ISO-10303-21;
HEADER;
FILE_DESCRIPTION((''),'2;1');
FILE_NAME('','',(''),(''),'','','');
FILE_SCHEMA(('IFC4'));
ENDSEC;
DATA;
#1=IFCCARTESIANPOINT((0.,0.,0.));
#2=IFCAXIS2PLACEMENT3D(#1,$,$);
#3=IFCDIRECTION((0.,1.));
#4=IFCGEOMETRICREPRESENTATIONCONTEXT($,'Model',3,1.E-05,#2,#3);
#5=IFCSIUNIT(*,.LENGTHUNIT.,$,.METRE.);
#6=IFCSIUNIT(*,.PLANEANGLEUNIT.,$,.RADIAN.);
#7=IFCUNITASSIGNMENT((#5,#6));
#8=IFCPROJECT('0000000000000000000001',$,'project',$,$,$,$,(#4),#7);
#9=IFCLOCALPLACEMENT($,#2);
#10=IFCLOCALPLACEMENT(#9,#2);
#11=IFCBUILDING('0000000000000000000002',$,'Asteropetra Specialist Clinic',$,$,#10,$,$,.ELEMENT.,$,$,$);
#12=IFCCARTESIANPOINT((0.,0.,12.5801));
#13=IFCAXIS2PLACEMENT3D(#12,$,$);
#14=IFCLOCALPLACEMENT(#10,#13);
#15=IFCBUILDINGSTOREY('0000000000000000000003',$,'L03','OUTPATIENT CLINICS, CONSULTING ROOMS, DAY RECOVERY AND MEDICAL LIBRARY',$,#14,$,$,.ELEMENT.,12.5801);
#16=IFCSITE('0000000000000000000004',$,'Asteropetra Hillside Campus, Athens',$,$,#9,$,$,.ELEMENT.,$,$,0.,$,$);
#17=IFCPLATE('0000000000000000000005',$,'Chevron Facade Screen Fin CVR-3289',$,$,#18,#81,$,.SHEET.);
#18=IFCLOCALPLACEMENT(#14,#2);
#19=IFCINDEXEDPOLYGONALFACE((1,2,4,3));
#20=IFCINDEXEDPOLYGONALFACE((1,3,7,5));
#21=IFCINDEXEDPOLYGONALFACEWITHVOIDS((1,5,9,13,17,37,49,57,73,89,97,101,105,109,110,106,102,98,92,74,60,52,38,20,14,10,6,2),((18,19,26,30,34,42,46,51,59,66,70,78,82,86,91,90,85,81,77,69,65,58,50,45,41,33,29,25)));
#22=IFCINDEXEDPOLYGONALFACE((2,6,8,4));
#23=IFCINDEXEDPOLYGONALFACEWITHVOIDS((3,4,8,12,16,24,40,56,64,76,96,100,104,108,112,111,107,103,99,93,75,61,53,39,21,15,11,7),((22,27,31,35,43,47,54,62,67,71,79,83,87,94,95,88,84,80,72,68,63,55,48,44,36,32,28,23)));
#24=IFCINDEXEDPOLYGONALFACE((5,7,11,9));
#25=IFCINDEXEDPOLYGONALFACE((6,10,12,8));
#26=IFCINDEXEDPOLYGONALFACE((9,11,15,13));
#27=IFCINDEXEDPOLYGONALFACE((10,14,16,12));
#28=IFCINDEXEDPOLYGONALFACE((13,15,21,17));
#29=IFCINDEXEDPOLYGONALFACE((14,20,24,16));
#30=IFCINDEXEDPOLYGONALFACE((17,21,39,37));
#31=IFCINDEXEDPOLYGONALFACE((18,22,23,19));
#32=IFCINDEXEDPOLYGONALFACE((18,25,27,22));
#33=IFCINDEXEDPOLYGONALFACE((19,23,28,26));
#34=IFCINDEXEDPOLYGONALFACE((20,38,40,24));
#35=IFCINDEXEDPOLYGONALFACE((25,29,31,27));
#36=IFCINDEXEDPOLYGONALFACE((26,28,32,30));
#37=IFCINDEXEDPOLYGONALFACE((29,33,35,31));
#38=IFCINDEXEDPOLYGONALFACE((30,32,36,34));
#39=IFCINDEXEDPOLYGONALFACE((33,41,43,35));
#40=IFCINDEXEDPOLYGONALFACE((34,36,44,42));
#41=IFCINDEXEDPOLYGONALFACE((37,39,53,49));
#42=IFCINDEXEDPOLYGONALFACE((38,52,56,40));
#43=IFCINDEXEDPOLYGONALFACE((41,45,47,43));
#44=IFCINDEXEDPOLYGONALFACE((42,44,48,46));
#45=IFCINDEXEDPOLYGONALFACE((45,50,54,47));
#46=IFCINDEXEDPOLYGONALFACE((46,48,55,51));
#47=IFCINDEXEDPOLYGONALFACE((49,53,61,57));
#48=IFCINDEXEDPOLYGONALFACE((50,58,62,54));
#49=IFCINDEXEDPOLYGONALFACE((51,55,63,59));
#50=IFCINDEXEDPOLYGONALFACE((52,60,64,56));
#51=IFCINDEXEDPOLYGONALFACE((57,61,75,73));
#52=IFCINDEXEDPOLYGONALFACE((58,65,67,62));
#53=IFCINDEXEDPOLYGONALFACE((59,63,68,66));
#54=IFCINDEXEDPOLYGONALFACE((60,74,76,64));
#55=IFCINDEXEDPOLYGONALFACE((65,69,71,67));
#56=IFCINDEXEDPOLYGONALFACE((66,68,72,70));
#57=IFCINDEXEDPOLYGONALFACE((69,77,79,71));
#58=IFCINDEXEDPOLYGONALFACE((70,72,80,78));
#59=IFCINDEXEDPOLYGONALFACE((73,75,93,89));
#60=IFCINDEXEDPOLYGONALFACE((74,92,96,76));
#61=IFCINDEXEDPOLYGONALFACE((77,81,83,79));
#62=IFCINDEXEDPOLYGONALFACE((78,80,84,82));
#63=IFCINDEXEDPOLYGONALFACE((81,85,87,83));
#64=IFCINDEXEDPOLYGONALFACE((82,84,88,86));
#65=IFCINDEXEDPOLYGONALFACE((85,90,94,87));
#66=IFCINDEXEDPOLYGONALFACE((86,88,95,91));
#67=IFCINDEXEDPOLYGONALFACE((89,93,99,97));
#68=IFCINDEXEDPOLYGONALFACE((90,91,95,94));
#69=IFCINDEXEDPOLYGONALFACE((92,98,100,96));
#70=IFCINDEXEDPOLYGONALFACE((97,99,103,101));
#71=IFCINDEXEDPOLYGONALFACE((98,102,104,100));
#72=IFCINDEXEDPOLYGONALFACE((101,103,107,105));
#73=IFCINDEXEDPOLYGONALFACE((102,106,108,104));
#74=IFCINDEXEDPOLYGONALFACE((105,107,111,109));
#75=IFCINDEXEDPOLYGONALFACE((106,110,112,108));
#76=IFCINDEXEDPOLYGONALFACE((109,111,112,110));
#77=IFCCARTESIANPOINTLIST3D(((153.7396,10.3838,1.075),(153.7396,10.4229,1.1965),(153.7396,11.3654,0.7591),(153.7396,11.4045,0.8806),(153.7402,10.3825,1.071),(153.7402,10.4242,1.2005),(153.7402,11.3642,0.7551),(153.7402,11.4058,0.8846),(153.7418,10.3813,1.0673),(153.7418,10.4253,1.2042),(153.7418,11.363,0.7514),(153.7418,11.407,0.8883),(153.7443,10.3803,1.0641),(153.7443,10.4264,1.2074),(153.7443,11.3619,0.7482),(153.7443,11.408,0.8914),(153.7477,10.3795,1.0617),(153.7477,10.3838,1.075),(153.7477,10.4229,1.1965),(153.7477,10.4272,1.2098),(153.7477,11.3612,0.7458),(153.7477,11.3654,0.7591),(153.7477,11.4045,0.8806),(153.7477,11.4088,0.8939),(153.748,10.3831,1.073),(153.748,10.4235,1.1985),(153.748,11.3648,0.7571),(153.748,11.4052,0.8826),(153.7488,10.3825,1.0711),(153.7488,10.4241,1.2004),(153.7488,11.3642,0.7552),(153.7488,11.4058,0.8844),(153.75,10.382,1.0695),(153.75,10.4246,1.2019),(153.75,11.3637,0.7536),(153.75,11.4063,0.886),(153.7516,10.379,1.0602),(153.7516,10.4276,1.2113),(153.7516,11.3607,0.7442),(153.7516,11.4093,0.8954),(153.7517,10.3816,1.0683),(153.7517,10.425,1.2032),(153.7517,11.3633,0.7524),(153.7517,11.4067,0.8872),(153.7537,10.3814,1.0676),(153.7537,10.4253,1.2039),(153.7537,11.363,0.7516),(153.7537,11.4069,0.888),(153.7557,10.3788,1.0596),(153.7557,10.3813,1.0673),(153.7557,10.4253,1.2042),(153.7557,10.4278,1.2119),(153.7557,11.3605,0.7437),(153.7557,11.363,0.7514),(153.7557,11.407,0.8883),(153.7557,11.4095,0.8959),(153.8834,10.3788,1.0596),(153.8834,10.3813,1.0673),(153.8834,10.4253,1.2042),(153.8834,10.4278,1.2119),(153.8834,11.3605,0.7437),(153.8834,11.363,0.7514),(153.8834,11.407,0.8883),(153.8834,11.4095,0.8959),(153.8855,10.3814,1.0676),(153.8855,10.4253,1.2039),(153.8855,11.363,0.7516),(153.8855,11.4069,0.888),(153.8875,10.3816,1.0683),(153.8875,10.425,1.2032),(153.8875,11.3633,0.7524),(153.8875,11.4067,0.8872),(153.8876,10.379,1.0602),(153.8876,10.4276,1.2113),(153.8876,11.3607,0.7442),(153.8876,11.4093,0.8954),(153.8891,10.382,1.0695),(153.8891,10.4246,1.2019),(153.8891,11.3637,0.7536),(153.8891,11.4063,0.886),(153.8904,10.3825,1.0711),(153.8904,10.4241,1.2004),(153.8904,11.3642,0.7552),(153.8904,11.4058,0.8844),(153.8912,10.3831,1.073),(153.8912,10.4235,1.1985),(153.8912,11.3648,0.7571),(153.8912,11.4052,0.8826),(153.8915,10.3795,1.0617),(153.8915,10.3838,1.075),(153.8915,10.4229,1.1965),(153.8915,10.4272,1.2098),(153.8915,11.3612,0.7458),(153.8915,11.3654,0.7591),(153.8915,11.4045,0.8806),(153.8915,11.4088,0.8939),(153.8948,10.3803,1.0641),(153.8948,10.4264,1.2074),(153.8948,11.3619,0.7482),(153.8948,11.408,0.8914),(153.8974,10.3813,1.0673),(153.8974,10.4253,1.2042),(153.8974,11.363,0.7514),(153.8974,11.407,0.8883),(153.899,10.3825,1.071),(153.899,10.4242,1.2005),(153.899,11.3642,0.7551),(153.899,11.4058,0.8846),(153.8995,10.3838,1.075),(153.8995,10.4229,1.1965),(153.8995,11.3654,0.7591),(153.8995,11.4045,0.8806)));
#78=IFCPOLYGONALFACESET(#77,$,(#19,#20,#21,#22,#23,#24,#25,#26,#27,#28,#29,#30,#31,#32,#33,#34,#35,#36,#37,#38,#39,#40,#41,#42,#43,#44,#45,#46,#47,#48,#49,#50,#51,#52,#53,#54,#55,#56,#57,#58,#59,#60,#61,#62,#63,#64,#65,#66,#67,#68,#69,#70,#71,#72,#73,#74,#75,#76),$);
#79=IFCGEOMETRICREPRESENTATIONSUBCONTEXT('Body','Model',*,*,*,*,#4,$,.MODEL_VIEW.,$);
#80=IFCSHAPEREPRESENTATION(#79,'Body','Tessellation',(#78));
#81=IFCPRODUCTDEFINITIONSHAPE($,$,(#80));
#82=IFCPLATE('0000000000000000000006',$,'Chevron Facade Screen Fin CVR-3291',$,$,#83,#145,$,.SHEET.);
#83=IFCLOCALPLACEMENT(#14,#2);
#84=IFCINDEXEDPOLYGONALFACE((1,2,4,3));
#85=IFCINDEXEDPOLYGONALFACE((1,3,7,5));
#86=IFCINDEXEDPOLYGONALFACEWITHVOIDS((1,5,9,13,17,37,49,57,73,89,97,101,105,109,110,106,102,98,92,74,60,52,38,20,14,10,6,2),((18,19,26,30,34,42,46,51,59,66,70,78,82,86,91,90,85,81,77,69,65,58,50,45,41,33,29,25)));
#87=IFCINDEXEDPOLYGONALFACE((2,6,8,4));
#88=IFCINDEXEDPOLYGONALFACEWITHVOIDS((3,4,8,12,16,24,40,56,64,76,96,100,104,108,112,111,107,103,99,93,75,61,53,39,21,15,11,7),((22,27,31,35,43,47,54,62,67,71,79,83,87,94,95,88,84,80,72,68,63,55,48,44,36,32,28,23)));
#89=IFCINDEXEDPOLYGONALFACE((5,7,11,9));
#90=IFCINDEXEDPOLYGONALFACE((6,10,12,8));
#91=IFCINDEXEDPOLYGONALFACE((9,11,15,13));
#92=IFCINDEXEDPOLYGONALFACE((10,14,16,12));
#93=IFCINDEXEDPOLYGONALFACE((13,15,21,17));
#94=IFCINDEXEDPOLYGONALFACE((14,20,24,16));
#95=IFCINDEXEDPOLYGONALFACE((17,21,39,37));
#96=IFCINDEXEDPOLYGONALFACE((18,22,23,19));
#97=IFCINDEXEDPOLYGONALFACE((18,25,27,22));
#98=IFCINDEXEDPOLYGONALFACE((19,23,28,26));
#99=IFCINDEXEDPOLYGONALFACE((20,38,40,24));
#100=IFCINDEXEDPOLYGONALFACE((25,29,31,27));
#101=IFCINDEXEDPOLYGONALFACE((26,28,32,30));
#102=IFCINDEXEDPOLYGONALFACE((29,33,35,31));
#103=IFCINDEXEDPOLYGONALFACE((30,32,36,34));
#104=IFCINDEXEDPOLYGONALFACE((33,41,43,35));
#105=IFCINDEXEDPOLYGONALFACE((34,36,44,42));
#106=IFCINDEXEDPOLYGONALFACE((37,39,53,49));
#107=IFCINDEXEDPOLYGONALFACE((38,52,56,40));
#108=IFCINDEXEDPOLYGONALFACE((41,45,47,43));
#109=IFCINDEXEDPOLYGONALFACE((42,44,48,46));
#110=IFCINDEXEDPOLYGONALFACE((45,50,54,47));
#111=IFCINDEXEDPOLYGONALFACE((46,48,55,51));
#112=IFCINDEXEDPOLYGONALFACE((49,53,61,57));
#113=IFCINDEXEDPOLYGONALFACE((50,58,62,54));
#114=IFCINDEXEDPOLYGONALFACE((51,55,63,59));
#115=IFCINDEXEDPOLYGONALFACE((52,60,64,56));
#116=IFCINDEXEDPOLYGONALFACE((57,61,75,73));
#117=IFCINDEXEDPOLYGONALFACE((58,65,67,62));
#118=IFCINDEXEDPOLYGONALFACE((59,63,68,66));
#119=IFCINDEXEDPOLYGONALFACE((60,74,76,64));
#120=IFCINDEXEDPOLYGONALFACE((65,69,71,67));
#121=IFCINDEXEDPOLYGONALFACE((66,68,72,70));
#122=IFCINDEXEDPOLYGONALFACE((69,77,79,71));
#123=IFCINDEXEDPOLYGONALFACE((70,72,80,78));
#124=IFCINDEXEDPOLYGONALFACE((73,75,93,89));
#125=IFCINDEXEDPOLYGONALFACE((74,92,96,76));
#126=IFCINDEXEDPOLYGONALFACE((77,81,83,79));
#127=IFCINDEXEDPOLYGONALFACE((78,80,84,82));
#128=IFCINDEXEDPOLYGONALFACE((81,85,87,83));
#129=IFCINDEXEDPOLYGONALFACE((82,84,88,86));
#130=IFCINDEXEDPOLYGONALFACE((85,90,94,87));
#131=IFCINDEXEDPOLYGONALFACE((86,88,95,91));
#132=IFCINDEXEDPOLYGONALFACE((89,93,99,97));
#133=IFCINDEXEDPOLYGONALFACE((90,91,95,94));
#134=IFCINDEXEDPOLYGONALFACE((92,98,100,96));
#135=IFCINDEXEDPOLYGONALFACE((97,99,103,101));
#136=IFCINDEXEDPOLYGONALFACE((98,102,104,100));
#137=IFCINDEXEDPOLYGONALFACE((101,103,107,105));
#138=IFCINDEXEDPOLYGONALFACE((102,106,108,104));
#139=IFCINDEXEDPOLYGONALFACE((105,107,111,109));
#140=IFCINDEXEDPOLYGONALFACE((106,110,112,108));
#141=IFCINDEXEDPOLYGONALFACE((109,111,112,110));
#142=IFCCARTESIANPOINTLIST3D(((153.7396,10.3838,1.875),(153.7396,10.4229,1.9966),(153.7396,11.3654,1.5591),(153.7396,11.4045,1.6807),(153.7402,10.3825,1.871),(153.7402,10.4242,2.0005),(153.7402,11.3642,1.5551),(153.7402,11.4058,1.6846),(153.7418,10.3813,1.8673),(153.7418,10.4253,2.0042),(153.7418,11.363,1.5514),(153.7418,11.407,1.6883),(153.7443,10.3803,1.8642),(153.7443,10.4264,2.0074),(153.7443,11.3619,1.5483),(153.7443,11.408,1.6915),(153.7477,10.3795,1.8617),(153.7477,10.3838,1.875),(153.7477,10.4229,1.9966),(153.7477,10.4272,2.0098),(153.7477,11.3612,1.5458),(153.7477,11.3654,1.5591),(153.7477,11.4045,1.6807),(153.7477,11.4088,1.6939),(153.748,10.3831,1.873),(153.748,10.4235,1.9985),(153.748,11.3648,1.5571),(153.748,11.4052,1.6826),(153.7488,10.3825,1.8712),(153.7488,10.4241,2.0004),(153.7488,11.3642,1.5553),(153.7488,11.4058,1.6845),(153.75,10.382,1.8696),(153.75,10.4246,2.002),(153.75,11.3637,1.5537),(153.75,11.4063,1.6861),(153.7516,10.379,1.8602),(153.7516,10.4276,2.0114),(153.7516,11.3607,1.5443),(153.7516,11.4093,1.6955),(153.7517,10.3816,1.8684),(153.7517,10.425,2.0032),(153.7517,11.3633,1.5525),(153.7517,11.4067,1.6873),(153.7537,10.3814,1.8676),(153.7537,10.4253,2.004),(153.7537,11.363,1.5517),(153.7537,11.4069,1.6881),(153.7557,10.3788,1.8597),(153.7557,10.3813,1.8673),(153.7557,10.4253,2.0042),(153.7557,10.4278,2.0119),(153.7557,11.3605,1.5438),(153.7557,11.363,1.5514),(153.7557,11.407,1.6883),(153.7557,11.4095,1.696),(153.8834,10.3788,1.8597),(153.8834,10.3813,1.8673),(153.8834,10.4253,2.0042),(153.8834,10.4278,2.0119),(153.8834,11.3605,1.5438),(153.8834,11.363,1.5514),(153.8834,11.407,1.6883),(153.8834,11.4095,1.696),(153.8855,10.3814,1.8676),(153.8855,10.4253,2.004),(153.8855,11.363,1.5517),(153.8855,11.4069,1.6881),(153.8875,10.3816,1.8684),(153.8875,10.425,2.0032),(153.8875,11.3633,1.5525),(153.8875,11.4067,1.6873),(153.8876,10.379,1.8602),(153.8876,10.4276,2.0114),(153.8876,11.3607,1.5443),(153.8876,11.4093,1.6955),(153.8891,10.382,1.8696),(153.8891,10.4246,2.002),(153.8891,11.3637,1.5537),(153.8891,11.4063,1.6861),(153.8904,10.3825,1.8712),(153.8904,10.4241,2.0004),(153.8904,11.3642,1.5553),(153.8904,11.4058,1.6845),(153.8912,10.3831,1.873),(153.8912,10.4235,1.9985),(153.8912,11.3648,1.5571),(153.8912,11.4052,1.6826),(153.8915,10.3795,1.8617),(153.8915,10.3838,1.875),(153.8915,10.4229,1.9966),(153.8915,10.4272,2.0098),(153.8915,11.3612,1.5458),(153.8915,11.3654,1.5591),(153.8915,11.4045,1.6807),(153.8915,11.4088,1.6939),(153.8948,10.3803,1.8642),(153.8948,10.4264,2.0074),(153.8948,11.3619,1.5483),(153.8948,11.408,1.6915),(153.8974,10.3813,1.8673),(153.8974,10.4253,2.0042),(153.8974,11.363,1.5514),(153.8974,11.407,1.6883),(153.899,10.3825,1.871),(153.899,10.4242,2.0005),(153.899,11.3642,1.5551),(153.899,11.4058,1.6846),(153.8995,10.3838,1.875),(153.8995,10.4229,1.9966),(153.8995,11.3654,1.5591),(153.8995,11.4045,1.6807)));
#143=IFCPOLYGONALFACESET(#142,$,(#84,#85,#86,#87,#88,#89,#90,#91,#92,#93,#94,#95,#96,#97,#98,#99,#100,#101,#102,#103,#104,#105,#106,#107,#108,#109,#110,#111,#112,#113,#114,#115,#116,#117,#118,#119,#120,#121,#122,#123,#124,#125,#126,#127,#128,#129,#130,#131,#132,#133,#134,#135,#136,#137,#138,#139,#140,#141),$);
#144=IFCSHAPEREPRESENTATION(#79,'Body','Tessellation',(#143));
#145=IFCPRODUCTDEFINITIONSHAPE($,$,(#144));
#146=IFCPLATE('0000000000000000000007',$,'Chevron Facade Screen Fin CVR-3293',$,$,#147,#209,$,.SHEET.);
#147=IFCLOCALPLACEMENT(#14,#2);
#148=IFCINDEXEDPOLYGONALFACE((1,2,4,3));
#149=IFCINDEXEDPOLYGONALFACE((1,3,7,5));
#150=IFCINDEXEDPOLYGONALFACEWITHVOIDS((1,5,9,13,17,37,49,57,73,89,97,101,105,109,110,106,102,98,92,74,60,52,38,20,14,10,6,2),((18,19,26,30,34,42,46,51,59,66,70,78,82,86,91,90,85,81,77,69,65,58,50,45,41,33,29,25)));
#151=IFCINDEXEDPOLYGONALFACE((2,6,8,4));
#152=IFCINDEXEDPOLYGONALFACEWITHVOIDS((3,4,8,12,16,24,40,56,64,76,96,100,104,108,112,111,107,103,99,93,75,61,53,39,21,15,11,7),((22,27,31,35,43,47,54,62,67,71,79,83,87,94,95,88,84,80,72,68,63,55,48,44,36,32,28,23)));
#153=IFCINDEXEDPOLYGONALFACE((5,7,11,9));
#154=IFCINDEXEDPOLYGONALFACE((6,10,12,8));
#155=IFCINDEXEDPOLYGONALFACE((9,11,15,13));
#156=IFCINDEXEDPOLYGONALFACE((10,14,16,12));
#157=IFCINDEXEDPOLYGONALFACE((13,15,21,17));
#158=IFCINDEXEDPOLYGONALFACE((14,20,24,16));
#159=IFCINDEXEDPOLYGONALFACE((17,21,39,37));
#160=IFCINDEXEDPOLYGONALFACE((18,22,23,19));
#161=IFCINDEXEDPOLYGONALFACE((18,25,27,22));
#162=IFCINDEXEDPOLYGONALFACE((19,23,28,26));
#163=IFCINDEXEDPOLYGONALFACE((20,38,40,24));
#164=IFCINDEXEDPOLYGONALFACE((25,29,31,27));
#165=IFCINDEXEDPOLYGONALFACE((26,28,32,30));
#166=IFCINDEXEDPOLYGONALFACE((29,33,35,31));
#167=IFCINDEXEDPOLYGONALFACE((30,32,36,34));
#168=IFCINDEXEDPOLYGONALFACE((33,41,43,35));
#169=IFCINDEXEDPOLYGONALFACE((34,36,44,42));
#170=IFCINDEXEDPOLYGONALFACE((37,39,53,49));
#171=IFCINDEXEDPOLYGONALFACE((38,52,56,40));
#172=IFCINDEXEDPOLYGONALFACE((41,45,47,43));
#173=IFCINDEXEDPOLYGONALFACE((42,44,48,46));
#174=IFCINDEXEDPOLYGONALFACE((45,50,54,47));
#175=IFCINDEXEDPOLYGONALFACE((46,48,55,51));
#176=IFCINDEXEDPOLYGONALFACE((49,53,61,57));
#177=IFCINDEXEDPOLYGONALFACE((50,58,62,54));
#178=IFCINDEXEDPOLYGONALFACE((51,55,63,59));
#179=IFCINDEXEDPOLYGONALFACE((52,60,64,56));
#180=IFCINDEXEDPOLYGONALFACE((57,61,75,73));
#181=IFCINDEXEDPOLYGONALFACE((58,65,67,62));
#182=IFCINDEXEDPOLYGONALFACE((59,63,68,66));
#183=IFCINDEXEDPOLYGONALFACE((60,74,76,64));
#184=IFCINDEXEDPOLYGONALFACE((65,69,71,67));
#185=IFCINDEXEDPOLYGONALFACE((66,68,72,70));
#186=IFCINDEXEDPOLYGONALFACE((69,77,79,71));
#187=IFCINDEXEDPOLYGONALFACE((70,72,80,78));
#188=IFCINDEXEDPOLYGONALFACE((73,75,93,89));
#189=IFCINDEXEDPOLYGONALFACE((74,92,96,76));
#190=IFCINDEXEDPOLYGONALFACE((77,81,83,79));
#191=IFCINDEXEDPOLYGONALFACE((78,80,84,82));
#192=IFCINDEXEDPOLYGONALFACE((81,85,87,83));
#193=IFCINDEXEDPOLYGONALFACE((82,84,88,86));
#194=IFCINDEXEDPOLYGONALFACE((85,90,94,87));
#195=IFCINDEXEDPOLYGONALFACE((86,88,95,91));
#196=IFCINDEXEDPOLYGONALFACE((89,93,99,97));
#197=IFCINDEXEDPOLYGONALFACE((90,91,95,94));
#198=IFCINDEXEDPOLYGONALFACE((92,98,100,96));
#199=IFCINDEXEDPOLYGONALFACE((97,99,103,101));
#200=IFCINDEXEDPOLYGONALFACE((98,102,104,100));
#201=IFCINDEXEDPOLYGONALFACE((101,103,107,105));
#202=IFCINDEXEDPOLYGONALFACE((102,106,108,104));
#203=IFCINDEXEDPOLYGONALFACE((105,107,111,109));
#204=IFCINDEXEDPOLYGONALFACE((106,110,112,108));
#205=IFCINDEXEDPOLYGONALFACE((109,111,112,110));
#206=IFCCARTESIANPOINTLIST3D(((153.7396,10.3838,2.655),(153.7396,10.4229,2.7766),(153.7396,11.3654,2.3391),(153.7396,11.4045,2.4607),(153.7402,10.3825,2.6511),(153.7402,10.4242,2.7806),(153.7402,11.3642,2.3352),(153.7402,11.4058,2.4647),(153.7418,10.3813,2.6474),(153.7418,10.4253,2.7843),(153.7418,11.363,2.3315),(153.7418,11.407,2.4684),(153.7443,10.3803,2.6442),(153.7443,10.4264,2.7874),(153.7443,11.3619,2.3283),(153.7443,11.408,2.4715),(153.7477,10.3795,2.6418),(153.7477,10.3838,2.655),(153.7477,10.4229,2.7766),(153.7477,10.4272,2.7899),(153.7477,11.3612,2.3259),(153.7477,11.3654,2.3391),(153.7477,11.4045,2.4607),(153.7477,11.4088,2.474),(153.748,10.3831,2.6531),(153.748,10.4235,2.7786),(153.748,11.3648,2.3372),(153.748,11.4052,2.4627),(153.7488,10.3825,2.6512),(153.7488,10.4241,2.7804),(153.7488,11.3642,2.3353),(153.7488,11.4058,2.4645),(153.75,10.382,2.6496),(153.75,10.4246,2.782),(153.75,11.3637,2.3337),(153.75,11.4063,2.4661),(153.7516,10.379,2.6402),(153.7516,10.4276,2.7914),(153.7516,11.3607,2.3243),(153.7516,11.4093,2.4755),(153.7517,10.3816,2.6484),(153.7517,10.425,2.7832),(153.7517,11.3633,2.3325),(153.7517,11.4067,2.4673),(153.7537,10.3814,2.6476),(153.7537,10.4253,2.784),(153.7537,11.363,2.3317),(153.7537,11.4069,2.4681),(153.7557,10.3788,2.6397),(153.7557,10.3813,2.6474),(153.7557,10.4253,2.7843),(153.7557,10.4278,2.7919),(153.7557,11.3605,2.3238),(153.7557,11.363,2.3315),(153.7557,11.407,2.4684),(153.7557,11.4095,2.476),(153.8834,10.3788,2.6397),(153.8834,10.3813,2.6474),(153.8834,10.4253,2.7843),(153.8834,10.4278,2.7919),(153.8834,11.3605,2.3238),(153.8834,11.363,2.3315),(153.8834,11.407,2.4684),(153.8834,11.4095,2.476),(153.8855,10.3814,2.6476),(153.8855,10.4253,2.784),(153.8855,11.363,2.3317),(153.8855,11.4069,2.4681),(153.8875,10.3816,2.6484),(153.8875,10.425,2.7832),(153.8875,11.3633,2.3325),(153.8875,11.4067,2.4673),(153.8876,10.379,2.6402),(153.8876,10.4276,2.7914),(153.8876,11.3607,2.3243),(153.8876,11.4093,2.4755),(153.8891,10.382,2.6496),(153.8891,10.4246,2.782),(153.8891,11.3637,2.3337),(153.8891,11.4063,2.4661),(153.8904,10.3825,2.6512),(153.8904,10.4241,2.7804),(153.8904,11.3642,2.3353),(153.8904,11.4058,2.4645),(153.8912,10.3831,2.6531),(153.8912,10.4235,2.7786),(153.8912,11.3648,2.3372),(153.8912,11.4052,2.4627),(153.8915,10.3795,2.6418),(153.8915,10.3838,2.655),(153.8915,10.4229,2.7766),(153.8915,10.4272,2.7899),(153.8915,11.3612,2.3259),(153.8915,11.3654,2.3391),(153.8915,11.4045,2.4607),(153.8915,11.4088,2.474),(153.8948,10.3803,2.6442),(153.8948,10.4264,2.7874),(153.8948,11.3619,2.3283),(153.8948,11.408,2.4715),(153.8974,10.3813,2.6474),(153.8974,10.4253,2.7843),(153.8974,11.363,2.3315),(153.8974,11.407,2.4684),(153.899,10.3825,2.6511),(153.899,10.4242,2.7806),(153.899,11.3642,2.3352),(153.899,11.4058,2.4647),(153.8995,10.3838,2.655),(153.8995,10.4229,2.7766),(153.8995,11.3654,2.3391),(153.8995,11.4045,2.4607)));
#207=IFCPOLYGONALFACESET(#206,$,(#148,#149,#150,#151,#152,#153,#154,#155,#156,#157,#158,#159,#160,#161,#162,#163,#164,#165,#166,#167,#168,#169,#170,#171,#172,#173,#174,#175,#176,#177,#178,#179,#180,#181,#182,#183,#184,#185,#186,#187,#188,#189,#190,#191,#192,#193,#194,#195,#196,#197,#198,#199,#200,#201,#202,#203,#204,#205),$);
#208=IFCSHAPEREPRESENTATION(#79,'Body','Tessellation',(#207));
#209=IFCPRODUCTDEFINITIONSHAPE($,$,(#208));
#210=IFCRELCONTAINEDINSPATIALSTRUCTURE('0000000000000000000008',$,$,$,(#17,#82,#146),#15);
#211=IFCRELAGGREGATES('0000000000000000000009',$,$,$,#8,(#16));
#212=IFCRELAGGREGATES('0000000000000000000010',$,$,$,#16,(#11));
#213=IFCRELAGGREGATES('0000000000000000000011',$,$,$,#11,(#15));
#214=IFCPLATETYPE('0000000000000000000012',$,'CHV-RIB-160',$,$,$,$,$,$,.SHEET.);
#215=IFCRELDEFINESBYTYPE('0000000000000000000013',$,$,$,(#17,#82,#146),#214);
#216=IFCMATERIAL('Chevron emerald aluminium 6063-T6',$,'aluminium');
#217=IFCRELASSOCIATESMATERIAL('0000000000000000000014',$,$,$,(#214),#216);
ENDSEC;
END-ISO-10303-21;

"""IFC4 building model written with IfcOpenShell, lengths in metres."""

from ifc_helpers import new_model, si_unit, direction, frame, origin, origin_2d, place, context, subcontext, project, spatial, hollow_rectangle, extrude, material, material_profile, profile_set, type_object, element, save


model = new_model("IFC4")

# Units and contexts
model_context = context("Model", 3, precision=1e-05, world=origin(), true_north=direction((0.0, 1.0)))
body_context = subcontext(model_context, "Body", "Model", "MODEL_VIEW")
ifc_project = project(units=[si_unit("LENGTHUNIT", "METRE"), si_unit("PLANEANGLEUNIT", "RADIAN")], contexts=[model_context])

# Site, building, storey
site_placement = place(None, origin())
site = spatial("IfcSite", under=ifc_project, at=site_placement, Name="Asteropetra Hillside Campus, Athens", CompositionType="ELEMENT", RefElevation=0.0)
building_placement = place(site_placement, origin())
building = spatial("IfcBuilding", under=site, at=building_placement, Name="Asteropetra Specialist Clinic", CompositionType="ELEMENT")
storey_placement = place(building_placement, frame((0.0, 0.0, 12.5801)))
storey = spatial("IfcBuildingStorey", under=building, at=storey_placement, Name="L03", Description="OUTPATIENT CLINICS, CONSULTING ROOMS, DAY RECOVERY AND MEDICAL LIBRARY", CompositionType="ELEMENT", Elevation=12.5801)

# Plates
ifc_material_1 = material(Name="Chevron emerald aluminium 6063-T6", Category="aluminium")
ifc_material_profile_1 = material_profile(ifc_material_1, hollow_rectangle(XDim=0.1599, YDim=0.1599, WallThickness=0.0081, InnerFilletRadius=0.0081, OuterFilletRadius=0.0161, at=origin_2d()), Name="SHS 160x160x8.0")
ifc_profile_set_1 = profile_set([ifc_material_profile_1], Name="Chevron emerald aluminium 6063-T6")
plate_type = type_object("IfcPlateType", Name="CHV-RIB-160", PredefinedType="SHEET", material=ifc_profile_set_1)
for number, where, z_axis, x_axis, name in (
    (1, (153.8196, 10.4033, 1.1357), (0.0, 0.951923, -0.306339), (-1.0, 0.0, 0.0), "Chevron Facade Screen Fin CVR-3289"),
    (2, (153.8196, 10.4033, 1.9358), (0.0, 0.951923, -0.306339), (-1.0, 0.0, 0.0), "Chevron Facade Screen Fin CVR-3291"),
    (3, (153.8196, 10.4033, 2.7158), (0.0, 0.951923, -0.306339), (-1.0, 0.0, 0.0), "Chevron Facade Screen Fin CVR-3293"),
):
    element("IfcPlate", number, at=place(storey_placement, frame(where, z_axis=z_axis, x_axis=x_axis)), inside=storey, type_object=plate_type, Name=name, PredefinedType="SHEET", context=body_context, shape_type="SweptSolid", body=[
        extrude(hollow_rectangle(XDim=0.1599, YDim=0.1599, WallThickness=0.0081, InnerFilletRadius=0.0081, OuterFilletRadius=0.0161, at=origin_2d()), origin(), (0.0, 0.0, 1.0), 1.0312),
    ])

save(model, "model.ifc")
